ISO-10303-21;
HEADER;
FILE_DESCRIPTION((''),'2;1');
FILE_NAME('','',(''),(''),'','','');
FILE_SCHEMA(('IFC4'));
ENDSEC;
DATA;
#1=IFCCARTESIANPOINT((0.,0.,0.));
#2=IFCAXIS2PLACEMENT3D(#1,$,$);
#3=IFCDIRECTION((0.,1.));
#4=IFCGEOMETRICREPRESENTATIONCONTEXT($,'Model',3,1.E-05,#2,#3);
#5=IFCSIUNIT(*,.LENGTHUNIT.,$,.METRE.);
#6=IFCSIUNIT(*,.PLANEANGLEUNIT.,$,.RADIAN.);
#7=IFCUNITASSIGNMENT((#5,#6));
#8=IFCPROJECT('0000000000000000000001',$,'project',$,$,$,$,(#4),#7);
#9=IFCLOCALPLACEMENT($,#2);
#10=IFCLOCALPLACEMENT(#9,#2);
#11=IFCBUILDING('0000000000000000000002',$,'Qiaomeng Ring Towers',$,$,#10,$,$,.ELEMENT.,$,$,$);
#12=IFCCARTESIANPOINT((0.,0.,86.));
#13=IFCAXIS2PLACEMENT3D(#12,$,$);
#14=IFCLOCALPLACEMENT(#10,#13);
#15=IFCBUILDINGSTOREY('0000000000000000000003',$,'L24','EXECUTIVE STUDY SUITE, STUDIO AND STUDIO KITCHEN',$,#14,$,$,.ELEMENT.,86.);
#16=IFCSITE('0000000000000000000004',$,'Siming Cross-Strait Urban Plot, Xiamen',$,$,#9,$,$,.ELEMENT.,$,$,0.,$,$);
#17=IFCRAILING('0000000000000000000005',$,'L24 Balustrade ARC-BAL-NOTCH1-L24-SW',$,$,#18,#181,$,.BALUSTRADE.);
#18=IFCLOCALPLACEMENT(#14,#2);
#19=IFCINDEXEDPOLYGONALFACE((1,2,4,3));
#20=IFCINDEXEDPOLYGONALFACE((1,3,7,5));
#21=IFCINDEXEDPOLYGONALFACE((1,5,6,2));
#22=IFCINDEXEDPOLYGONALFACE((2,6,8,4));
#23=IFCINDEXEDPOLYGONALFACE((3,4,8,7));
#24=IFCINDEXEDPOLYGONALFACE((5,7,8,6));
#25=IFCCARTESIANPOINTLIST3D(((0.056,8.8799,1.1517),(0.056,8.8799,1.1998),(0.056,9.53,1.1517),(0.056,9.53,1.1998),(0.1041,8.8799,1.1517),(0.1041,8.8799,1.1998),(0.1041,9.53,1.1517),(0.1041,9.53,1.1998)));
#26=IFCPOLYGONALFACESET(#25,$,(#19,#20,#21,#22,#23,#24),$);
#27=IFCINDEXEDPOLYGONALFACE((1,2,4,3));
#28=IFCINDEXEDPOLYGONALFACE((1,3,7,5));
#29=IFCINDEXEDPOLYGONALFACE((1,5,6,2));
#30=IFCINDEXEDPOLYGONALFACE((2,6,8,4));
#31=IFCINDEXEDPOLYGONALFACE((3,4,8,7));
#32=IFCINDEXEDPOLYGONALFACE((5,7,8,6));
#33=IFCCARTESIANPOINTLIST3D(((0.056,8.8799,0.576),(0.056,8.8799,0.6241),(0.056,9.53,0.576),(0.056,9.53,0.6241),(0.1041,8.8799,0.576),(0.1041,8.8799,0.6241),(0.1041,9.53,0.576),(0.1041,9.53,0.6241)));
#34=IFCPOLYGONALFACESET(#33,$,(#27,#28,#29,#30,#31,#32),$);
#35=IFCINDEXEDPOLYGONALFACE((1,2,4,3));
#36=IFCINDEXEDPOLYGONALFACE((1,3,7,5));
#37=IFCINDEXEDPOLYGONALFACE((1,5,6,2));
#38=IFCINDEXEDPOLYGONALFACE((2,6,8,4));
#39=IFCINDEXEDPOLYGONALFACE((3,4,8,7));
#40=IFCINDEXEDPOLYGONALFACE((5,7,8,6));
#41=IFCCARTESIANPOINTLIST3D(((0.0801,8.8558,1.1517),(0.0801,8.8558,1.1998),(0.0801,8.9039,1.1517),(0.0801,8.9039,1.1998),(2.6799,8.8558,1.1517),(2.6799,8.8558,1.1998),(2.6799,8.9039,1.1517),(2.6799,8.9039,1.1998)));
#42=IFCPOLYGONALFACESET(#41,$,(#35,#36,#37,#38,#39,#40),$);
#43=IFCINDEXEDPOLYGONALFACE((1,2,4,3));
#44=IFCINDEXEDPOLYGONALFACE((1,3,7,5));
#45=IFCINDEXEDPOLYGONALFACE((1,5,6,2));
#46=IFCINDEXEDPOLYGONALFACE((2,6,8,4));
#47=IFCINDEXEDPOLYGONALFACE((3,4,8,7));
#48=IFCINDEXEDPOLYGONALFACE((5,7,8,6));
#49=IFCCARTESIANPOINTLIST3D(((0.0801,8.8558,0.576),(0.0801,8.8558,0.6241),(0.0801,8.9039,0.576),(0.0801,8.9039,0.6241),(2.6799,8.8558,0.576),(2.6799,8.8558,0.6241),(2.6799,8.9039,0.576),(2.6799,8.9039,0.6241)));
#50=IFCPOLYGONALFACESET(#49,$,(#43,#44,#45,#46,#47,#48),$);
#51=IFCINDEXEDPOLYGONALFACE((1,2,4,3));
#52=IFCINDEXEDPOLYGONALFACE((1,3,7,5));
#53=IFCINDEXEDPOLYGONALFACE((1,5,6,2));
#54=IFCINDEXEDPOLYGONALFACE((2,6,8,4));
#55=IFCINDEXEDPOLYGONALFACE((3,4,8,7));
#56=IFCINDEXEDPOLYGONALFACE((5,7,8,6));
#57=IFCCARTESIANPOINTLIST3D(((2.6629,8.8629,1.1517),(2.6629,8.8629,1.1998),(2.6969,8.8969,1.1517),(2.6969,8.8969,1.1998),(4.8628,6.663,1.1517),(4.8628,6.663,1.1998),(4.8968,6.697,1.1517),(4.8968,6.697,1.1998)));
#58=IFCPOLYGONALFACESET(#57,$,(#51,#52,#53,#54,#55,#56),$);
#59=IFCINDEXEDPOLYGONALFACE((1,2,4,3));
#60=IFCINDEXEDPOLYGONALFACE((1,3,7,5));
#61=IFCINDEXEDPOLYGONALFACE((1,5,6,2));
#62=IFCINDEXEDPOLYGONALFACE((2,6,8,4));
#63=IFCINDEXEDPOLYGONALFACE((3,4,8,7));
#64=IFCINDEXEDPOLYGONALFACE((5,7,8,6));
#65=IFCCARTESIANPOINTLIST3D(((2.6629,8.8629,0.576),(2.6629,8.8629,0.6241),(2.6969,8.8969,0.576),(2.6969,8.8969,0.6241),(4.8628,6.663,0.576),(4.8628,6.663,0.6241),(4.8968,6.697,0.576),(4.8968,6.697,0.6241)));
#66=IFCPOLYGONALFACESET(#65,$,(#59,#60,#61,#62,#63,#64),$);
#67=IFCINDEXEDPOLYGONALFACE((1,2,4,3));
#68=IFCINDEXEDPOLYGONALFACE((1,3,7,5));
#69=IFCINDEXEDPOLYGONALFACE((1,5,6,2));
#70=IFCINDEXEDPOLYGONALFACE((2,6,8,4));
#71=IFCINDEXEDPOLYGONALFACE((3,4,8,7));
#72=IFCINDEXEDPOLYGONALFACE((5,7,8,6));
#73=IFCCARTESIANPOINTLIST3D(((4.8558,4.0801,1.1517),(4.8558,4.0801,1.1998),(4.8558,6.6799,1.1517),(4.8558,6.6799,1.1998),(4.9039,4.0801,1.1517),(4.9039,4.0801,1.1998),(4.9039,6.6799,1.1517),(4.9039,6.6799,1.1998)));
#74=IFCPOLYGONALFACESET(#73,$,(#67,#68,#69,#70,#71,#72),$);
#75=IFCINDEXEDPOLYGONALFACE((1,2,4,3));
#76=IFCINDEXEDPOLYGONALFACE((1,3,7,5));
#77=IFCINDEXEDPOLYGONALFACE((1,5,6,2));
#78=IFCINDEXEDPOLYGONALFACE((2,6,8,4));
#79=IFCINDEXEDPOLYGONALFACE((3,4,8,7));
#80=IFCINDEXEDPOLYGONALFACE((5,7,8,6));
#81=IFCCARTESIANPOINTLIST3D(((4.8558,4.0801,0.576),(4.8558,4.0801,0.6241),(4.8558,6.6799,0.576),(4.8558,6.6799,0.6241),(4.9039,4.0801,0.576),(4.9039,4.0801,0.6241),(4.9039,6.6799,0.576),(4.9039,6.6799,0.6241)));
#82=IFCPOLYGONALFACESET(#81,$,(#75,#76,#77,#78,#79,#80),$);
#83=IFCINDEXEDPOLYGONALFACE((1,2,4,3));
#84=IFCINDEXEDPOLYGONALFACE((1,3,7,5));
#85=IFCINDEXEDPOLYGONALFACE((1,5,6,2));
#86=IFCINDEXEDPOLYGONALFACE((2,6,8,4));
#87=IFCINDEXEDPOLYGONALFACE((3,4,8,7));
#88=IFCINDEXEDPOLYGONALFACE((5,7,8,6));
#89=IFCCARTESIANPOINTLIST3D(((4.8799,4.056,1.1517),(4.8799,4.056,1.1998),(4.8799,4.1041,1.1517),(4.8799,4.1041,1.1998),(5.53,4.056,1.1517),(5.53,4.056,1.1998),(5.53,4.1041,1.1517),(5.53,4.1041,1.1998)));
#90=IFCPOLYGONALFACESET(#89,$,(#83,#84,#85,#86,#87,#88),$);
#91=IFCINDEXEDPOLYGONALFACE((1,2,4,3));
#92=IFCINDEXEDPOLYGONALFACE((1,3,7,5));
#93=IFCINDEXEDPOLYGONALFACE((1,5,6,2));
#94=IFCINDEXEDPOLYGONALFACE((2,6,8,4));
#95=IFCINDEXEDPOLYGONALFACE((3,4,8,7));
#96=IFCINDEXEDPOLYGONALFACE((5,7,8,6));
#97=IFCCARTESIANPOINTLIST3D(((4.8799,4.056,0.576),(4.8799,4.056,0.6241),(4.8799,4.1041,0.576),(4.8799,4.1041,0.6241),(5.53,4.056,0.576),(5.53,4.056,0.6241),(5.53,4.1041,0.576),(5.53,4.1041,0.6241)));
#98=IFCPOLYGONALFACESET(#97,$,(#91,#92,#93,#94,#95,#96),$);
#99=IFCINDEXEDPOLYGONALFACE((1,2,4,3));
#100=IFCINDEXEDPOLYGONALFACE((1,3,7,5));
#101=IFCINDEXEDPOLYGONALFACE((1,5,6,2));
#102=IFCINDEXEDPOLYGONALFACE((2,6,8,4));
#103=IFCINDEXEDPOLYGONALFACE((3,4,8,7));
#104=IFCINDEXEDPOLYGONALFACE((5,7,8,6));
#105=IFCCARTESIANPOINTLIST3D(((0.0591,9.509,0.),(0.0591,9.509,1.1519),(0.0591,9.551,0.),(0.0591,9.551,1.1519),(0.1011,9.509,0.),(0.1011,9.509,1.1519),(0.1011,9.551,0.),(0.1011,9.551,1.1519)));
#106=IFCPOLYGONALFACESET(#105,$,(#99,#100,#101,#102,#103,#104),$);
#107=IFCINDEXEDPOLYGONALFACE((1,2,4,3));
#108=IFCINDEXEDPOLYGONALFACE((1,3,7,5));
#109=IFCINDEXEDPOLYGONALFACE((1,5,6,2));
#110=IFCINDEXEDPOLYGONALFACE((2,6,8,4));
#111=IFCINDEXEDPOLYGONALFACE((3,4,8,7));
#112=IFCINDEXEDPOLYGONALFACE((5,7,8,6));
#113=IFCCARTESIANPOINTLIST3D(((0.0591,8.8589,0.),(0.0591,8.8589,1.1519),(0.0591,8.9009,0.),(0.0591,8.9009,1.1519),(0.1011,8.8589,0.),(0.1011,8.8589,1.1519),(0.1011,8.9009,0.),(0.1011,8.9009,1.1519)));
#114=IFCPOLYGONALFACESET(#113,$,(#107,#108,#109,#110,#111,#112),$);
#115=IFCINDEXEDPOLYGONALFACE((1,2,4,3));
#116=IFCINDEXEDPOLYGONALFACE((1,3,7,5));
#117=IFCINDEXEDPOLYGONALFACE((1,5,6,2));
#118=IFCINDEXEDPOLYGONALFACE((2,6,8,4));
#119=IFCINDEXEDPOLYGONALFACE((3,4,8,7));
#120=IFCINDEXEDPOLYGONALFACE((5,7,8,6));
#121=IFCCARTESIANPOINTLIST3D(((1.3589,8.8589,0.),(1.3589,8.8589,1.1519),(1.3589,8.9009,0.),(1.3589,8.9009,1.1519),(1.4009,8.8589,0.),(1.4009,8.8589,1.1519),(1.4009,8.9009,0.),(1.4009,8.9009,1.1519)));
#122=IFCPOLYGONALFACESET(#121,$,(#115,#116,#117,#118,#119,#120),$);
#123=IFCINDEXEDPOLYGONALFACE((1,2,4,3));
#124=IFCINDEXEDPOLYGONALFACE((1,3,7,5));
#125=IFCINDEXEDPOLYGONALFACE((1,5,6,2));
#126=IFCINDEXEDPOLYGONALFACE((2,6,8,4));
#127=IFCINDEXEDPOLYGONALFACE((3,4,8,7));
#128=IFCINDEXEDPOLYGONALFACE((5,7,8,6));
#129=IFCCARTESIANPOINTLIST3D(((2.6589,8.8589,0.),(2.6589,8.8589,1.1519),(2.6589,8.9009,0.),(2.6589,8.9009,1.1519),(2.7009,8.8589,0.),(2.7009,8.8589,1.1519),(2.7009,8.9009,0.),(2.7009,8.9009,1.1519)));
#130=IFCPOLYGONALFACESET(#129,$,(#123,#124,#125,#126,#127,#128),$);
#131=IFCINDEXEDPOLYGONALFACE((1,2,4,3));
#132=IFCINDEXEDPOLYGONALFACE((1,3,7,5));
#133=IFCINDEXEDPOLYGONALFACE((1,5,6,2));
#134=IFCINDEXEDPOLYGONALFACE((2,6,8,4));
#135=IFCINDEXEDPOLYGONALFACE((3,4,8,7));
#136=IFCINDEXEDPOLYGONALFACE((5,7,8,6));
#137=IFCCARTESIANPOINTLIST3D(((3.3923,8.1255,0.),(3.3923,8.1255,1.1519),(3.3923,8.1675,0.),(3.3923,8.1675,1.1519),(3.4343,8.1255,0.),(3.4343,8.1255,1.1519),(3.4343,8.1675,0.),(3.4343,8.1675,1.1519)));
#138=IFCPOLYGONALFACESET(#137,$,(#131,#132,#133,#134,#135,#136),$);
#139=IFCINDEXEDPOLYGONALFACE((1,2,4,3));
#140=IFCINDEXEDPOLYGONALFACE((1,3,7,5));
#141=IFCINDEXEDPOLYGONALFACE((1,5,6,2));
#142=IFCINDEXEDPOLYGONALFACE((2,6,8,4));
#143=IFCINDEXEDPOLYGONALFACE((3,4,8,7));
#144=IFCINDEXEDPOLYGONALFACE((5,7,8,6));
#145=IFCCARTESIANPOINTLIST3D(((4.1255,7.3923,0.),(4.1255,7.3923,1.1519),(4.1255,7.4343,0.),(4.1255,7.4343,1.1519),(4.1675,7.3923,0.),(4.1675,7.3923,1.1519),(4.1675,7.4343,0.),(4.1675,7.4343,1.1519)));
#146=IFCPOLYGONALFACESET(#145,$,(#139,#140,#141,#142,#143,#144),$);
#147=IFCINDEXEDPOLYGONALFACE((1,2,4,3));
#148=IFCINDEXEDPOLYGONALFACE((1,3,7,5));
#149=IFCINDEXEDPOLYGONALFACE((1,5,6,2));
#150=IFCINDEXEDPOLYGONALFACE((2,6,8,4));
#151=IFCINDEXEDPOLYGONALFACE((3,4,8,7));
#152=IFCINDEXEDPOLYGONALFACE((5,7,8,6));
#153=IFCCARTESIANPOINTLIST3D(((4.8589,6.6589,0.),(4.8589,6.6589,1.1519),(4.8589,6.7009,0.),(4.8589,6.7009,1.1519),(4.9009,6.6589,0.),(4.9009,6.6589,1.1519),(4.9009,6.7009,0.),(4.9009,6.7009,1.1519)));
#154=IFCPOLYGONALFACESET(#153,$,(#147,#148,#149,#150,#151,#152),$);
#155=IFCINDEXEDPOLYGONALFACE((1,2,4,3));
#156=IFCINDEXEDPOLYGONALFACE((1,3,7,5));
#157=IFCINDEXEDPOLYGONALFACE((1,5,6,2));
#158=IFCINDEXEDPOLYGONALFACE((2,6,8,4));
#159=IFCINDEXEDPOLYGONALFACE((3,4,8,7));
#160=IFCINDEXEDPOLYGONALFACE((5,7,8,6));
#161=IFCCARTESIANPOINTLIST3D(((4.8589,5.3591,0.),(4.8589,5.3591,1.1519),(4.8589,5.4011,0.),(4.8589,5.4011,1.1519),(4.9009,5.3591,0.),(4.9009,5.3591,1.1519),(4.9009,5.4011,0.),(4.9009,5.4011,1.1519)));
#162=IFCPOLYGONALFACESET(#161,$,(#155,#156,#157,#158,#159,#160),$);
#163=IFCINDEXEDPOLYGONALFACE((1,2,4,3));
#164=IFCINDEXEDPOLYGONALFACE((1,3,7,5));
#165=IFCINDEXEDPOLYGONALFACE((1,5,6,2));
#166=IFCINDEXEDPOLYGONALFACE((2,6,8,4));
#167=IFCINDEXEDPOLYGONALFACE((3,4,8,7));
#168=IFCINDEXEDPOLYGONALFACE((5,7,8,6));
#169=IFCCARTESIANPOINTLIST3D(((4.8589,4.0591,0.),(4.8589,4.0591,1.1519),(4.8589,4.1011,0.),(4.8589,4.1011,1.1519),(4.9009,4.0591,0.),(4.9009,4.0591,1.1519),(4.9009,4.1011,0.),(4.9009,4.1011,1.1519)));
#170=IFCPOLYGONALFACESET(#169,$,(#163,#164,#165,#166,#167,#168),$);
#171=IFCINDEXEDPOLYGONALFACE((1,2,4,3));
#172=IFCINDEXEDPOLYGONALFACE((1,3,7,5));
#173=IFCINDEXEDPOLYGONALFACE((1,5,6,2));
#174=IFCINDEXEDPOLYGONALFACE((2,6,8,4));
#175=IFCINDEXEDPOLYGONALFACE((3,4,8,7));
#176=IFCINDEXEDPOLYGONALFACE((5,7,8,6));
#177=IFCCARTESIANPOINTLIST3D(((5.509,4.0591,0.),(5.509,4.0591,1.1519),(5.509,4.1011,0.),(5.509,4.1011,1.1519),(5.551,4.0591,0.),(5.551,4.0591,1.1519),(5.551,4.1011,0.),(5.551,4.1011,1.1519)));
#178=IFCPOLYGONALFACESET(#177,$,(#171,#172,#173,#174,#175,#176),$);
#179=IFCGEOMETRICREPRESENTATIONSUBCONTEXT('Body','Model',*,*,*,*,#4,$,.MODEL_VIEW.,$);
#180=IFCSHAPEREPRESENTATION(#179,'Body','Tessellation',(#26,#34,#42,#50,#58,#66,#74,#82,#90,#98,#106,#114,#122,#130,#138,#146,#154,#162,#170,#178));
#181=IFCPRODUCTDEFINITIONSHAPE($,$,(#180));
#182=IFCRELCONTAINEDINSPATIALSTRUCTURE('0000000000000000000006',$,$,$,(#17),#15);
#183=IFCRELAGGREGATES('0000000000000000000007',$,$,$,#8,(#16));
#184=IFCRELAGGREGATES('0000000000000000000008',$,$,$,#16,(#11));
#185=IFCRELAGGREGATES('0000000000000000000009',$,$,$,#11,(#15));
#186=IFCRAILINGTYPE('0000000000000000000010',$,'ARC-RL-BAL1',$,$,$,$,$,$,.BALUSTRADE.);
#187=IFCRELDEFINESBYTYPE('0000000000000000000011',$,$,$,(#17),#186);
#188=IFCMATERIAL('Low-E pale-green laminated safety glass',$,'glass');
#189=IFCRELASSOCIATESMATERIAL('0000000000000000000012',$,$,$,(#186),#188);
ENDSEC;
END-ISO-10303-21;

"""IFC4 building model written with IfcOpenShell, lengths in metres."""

from ifc_helpers import new_model, si_unit, direction, frame, origin, origin_2d, place, context, subcontext, project, spatial, rectangle, extrude, material, type_object, element, save


model = new_model("IFC4")

# Units and contexts
model_context = context("Model", 3, precision=1e-05, world=origin(), true_north=direction((0.0, 1.0)))
body_context = subcontext(model_context, "Body", "Model", "MODEL_VIEW")
ifc_project = project(units=[si_unit("LENGTHUNIT", "METRE"), si_unit("PLANEANGLEUNIT", "RADIAN")], contexts=[model_context])

# Site, building, storey
site_placement = place(None, origin())
site = spatial("IfcSite", under=ifc_project, at=site_placement, Name="Siming Cross-Strait Urban Plot, Xiamen", CompositionType="ELEMENT", RefElevation=0.0)
building_placement = place(site_placement, origin())
building = spatial("IfcBuilding", under=site, at=building_placement, Name="Qiaomeng Ring Towers", CompositionType="ELEMENT")
storey_placement = place(building_placement, frame((0.0, 0.0, 86.0)))
storey = spatial("IfcBuildingStorey", under=building, at=storey_placement, Name="L24", Description="EXECUTIVE STUDY SUITE, STUDIO AND STUDIO KITCHEN", CompositionType="ELEMENT", Elevation=86.0)

# Railing
ifc_material_1 = material(Name="Low-E pale-green laminated safety glass", Category="glass")
railing_type = type_object("IfcRailingType", Name="ARC-RL-BAL1", PredefinedType="BALUSTRADE", material=ifc_material_1)
railing_1_placement = place(storey_placement, frame((0.0801, 9.53, 0.0)))
element("IfcRailing", 1, at=railing_1_placement, inside=storey, type_object=railing_type, Name="L24 Balustrade ARC-BAL-NOTCH1-L24-SW", PredefinedType="BALUSTRADE", context=body_context, shape_type="SweptSolid", body=[
    extrude(rectangle(XDim=0.0481, YDim=0.0481, at=origin_2d()), frame((0.0, 0.0, 1.1758), z_axis=(0.0, -1.0, 0.0), x_axis=(1.0, 0.0, 0.0)), (0.0, 0.0, 1.0), 0.6501),
    extrude(rectangle(XDim=0.0481, YDim=0.0481, at=origin_2d()), frame((0.0, 0.0, 0.6001), z_axis=(0.0, -1.0, 0.0), x_axis=(1.0, 0.0, 0.0)), (0.0, 0.0, 1.0), 0.6501),
    extrude(rectangle(XDim=0.0481, YDim=0.0481, at=origin_2d()), frame((0.0, -0.6501, 1.1758), z_axis=(1.0, 0.0, 0.0), x_axis=(0.0, 1.0, 0.0)), (0.0, 0.0, 1.0), 2.5999),
    extrude(rectangle(XDim=0.0481, YDim=0.0481, at=origin_2d()), frame((0.0, -0.6501, 0.6001), z_axis=(1.0, 0.0, 0.0), x_axis=(0.0, 1.0, 0.0)), (0.0, 0.0, 1.0), 2.5999),
    extrude(rectangle(XDim=0.0481, YDim=0.0481, at=origin_2d()), frame((2.5999, -0.6501, 1.1758), z_axis=(0.707107, -0.707107, 0.0), x_axis=(0.707107, 0.707107, 0.0)), (0.0, 0.0, 1.0), 3.1111),
    extrude(rectangle(XDim=0.0481, YDim=0.0481, at=origin_2d()), frame((2.5999, -0.6501, 0.6001), z_axis=(0.707107, -0.707107, 0.0), x_axis=(0.707107, 0.707107, 0.0)), (0.0, 0.0, 1.0), 3.1111),
    extrude(rectangle(XDim=0.0481, YDim=0.0481, at=origin_2d()), frame((4.7998, -2.8501, 1.1758), z_axis=(0.0, -1.0, 0.0), x_axis=(1.0, 0.0, 0.0)), (0.0, 0.0, 1.0), 2.5999),
    extrude(rectangle(XDim=0.0481, YDim=0.0481, at=origin_2d()), frame((4.7998, -2.8501, 0.6001), z_axis=(0.0, -1.0, 0.0), x_axis=(1.0, 0.0, 0.0)), (0.0, 0.0, 1.0), 2.5999),
    extrude(rectangle(XDim=0.0481, YDim=0.0481, at=origin_2d()), frame((4.7998, -5.45, 1.1758), z_axis=(1.0, 0.0, 0.0), x_axis=(0.0, 1.0, 0.0)), (0.0, 0.0, 1.0), 0.6501),
    extrude(rectangle(XDim=0.0481, YDim=0.0481, at=origin_2d()), frame((4.7998, -5.45, 0.6001), z_axis=(1.0, 0.0, 0.0), x_axis=(0.0, 1.0, 0.0)), (0.0, 0.0, 1.0), 0.6501),
    extrude(rectangle(XDim=0.042, YDim=0.042, at=origin_2d()), origin(), (0.0, 0.0, 1.0), 1.1519),
    extrude(rectangle(XDim=0.042, YDim=0.042, at=origin_2d()), frame((0.0, -0.6501, 0.0)), (0.0, 0.0, 1.0), 1.1519),
    extrude(rectangle(XDim=0.042, YDim=0.042, at=origin_2d()), frame((1.2998, -0.6501, 0.0)), (0.0, 0.0, 1.0), 1.1519),
    extrude(rectangle(XDim=0.042, YDim=0.042, at=origin_2d()), frame((2.5999, -0.6501, 0.0)), (0.0, 0.0, 1.0), 1.1519),
    extrude(rectangle(XDim=0.042, YDim=0.042, at=origin_2d()), frame((3.3333, -1.3835, 0.0)), (0.0, 0.0, 1.0), 1.1519),
    extrude(rectangle(XDim=0.042, YDim=0.042, at=origin_2d()), frame((4.0664, -2.1167, 0.0)), (0.0, 0.0, 1.0), 1.1519),
    extrude(rectangle(XDim=0.042, YDim=0.042, at=origin_2d()), frame((4.7998, -2.8501, 0.0)), (0.0, 0.0, 1.0), 1.1519),
    extrude(rectangle(XDim=0.042, YDim=0.042, at=origin_2d()), frame((4.7998, -4.1499, 0.0)), (0.0, 0.0, 1.0), 1.1519),
    extrude(rectangle(XDim=0.042, YDim=0.042, at=origin_2d()), frame((4.7998, -5.45, 0.0)), (0.0, 0.0, 1.0), 1.1519),
    extrude(rectangle(XDim=0.042, YDim=0.042, at=origin_2d()), frame((5.45, -5.45, 0.0)), (0.0, 0.0, 1.0), 1.1519),
])

save(model, "model.ifc")
